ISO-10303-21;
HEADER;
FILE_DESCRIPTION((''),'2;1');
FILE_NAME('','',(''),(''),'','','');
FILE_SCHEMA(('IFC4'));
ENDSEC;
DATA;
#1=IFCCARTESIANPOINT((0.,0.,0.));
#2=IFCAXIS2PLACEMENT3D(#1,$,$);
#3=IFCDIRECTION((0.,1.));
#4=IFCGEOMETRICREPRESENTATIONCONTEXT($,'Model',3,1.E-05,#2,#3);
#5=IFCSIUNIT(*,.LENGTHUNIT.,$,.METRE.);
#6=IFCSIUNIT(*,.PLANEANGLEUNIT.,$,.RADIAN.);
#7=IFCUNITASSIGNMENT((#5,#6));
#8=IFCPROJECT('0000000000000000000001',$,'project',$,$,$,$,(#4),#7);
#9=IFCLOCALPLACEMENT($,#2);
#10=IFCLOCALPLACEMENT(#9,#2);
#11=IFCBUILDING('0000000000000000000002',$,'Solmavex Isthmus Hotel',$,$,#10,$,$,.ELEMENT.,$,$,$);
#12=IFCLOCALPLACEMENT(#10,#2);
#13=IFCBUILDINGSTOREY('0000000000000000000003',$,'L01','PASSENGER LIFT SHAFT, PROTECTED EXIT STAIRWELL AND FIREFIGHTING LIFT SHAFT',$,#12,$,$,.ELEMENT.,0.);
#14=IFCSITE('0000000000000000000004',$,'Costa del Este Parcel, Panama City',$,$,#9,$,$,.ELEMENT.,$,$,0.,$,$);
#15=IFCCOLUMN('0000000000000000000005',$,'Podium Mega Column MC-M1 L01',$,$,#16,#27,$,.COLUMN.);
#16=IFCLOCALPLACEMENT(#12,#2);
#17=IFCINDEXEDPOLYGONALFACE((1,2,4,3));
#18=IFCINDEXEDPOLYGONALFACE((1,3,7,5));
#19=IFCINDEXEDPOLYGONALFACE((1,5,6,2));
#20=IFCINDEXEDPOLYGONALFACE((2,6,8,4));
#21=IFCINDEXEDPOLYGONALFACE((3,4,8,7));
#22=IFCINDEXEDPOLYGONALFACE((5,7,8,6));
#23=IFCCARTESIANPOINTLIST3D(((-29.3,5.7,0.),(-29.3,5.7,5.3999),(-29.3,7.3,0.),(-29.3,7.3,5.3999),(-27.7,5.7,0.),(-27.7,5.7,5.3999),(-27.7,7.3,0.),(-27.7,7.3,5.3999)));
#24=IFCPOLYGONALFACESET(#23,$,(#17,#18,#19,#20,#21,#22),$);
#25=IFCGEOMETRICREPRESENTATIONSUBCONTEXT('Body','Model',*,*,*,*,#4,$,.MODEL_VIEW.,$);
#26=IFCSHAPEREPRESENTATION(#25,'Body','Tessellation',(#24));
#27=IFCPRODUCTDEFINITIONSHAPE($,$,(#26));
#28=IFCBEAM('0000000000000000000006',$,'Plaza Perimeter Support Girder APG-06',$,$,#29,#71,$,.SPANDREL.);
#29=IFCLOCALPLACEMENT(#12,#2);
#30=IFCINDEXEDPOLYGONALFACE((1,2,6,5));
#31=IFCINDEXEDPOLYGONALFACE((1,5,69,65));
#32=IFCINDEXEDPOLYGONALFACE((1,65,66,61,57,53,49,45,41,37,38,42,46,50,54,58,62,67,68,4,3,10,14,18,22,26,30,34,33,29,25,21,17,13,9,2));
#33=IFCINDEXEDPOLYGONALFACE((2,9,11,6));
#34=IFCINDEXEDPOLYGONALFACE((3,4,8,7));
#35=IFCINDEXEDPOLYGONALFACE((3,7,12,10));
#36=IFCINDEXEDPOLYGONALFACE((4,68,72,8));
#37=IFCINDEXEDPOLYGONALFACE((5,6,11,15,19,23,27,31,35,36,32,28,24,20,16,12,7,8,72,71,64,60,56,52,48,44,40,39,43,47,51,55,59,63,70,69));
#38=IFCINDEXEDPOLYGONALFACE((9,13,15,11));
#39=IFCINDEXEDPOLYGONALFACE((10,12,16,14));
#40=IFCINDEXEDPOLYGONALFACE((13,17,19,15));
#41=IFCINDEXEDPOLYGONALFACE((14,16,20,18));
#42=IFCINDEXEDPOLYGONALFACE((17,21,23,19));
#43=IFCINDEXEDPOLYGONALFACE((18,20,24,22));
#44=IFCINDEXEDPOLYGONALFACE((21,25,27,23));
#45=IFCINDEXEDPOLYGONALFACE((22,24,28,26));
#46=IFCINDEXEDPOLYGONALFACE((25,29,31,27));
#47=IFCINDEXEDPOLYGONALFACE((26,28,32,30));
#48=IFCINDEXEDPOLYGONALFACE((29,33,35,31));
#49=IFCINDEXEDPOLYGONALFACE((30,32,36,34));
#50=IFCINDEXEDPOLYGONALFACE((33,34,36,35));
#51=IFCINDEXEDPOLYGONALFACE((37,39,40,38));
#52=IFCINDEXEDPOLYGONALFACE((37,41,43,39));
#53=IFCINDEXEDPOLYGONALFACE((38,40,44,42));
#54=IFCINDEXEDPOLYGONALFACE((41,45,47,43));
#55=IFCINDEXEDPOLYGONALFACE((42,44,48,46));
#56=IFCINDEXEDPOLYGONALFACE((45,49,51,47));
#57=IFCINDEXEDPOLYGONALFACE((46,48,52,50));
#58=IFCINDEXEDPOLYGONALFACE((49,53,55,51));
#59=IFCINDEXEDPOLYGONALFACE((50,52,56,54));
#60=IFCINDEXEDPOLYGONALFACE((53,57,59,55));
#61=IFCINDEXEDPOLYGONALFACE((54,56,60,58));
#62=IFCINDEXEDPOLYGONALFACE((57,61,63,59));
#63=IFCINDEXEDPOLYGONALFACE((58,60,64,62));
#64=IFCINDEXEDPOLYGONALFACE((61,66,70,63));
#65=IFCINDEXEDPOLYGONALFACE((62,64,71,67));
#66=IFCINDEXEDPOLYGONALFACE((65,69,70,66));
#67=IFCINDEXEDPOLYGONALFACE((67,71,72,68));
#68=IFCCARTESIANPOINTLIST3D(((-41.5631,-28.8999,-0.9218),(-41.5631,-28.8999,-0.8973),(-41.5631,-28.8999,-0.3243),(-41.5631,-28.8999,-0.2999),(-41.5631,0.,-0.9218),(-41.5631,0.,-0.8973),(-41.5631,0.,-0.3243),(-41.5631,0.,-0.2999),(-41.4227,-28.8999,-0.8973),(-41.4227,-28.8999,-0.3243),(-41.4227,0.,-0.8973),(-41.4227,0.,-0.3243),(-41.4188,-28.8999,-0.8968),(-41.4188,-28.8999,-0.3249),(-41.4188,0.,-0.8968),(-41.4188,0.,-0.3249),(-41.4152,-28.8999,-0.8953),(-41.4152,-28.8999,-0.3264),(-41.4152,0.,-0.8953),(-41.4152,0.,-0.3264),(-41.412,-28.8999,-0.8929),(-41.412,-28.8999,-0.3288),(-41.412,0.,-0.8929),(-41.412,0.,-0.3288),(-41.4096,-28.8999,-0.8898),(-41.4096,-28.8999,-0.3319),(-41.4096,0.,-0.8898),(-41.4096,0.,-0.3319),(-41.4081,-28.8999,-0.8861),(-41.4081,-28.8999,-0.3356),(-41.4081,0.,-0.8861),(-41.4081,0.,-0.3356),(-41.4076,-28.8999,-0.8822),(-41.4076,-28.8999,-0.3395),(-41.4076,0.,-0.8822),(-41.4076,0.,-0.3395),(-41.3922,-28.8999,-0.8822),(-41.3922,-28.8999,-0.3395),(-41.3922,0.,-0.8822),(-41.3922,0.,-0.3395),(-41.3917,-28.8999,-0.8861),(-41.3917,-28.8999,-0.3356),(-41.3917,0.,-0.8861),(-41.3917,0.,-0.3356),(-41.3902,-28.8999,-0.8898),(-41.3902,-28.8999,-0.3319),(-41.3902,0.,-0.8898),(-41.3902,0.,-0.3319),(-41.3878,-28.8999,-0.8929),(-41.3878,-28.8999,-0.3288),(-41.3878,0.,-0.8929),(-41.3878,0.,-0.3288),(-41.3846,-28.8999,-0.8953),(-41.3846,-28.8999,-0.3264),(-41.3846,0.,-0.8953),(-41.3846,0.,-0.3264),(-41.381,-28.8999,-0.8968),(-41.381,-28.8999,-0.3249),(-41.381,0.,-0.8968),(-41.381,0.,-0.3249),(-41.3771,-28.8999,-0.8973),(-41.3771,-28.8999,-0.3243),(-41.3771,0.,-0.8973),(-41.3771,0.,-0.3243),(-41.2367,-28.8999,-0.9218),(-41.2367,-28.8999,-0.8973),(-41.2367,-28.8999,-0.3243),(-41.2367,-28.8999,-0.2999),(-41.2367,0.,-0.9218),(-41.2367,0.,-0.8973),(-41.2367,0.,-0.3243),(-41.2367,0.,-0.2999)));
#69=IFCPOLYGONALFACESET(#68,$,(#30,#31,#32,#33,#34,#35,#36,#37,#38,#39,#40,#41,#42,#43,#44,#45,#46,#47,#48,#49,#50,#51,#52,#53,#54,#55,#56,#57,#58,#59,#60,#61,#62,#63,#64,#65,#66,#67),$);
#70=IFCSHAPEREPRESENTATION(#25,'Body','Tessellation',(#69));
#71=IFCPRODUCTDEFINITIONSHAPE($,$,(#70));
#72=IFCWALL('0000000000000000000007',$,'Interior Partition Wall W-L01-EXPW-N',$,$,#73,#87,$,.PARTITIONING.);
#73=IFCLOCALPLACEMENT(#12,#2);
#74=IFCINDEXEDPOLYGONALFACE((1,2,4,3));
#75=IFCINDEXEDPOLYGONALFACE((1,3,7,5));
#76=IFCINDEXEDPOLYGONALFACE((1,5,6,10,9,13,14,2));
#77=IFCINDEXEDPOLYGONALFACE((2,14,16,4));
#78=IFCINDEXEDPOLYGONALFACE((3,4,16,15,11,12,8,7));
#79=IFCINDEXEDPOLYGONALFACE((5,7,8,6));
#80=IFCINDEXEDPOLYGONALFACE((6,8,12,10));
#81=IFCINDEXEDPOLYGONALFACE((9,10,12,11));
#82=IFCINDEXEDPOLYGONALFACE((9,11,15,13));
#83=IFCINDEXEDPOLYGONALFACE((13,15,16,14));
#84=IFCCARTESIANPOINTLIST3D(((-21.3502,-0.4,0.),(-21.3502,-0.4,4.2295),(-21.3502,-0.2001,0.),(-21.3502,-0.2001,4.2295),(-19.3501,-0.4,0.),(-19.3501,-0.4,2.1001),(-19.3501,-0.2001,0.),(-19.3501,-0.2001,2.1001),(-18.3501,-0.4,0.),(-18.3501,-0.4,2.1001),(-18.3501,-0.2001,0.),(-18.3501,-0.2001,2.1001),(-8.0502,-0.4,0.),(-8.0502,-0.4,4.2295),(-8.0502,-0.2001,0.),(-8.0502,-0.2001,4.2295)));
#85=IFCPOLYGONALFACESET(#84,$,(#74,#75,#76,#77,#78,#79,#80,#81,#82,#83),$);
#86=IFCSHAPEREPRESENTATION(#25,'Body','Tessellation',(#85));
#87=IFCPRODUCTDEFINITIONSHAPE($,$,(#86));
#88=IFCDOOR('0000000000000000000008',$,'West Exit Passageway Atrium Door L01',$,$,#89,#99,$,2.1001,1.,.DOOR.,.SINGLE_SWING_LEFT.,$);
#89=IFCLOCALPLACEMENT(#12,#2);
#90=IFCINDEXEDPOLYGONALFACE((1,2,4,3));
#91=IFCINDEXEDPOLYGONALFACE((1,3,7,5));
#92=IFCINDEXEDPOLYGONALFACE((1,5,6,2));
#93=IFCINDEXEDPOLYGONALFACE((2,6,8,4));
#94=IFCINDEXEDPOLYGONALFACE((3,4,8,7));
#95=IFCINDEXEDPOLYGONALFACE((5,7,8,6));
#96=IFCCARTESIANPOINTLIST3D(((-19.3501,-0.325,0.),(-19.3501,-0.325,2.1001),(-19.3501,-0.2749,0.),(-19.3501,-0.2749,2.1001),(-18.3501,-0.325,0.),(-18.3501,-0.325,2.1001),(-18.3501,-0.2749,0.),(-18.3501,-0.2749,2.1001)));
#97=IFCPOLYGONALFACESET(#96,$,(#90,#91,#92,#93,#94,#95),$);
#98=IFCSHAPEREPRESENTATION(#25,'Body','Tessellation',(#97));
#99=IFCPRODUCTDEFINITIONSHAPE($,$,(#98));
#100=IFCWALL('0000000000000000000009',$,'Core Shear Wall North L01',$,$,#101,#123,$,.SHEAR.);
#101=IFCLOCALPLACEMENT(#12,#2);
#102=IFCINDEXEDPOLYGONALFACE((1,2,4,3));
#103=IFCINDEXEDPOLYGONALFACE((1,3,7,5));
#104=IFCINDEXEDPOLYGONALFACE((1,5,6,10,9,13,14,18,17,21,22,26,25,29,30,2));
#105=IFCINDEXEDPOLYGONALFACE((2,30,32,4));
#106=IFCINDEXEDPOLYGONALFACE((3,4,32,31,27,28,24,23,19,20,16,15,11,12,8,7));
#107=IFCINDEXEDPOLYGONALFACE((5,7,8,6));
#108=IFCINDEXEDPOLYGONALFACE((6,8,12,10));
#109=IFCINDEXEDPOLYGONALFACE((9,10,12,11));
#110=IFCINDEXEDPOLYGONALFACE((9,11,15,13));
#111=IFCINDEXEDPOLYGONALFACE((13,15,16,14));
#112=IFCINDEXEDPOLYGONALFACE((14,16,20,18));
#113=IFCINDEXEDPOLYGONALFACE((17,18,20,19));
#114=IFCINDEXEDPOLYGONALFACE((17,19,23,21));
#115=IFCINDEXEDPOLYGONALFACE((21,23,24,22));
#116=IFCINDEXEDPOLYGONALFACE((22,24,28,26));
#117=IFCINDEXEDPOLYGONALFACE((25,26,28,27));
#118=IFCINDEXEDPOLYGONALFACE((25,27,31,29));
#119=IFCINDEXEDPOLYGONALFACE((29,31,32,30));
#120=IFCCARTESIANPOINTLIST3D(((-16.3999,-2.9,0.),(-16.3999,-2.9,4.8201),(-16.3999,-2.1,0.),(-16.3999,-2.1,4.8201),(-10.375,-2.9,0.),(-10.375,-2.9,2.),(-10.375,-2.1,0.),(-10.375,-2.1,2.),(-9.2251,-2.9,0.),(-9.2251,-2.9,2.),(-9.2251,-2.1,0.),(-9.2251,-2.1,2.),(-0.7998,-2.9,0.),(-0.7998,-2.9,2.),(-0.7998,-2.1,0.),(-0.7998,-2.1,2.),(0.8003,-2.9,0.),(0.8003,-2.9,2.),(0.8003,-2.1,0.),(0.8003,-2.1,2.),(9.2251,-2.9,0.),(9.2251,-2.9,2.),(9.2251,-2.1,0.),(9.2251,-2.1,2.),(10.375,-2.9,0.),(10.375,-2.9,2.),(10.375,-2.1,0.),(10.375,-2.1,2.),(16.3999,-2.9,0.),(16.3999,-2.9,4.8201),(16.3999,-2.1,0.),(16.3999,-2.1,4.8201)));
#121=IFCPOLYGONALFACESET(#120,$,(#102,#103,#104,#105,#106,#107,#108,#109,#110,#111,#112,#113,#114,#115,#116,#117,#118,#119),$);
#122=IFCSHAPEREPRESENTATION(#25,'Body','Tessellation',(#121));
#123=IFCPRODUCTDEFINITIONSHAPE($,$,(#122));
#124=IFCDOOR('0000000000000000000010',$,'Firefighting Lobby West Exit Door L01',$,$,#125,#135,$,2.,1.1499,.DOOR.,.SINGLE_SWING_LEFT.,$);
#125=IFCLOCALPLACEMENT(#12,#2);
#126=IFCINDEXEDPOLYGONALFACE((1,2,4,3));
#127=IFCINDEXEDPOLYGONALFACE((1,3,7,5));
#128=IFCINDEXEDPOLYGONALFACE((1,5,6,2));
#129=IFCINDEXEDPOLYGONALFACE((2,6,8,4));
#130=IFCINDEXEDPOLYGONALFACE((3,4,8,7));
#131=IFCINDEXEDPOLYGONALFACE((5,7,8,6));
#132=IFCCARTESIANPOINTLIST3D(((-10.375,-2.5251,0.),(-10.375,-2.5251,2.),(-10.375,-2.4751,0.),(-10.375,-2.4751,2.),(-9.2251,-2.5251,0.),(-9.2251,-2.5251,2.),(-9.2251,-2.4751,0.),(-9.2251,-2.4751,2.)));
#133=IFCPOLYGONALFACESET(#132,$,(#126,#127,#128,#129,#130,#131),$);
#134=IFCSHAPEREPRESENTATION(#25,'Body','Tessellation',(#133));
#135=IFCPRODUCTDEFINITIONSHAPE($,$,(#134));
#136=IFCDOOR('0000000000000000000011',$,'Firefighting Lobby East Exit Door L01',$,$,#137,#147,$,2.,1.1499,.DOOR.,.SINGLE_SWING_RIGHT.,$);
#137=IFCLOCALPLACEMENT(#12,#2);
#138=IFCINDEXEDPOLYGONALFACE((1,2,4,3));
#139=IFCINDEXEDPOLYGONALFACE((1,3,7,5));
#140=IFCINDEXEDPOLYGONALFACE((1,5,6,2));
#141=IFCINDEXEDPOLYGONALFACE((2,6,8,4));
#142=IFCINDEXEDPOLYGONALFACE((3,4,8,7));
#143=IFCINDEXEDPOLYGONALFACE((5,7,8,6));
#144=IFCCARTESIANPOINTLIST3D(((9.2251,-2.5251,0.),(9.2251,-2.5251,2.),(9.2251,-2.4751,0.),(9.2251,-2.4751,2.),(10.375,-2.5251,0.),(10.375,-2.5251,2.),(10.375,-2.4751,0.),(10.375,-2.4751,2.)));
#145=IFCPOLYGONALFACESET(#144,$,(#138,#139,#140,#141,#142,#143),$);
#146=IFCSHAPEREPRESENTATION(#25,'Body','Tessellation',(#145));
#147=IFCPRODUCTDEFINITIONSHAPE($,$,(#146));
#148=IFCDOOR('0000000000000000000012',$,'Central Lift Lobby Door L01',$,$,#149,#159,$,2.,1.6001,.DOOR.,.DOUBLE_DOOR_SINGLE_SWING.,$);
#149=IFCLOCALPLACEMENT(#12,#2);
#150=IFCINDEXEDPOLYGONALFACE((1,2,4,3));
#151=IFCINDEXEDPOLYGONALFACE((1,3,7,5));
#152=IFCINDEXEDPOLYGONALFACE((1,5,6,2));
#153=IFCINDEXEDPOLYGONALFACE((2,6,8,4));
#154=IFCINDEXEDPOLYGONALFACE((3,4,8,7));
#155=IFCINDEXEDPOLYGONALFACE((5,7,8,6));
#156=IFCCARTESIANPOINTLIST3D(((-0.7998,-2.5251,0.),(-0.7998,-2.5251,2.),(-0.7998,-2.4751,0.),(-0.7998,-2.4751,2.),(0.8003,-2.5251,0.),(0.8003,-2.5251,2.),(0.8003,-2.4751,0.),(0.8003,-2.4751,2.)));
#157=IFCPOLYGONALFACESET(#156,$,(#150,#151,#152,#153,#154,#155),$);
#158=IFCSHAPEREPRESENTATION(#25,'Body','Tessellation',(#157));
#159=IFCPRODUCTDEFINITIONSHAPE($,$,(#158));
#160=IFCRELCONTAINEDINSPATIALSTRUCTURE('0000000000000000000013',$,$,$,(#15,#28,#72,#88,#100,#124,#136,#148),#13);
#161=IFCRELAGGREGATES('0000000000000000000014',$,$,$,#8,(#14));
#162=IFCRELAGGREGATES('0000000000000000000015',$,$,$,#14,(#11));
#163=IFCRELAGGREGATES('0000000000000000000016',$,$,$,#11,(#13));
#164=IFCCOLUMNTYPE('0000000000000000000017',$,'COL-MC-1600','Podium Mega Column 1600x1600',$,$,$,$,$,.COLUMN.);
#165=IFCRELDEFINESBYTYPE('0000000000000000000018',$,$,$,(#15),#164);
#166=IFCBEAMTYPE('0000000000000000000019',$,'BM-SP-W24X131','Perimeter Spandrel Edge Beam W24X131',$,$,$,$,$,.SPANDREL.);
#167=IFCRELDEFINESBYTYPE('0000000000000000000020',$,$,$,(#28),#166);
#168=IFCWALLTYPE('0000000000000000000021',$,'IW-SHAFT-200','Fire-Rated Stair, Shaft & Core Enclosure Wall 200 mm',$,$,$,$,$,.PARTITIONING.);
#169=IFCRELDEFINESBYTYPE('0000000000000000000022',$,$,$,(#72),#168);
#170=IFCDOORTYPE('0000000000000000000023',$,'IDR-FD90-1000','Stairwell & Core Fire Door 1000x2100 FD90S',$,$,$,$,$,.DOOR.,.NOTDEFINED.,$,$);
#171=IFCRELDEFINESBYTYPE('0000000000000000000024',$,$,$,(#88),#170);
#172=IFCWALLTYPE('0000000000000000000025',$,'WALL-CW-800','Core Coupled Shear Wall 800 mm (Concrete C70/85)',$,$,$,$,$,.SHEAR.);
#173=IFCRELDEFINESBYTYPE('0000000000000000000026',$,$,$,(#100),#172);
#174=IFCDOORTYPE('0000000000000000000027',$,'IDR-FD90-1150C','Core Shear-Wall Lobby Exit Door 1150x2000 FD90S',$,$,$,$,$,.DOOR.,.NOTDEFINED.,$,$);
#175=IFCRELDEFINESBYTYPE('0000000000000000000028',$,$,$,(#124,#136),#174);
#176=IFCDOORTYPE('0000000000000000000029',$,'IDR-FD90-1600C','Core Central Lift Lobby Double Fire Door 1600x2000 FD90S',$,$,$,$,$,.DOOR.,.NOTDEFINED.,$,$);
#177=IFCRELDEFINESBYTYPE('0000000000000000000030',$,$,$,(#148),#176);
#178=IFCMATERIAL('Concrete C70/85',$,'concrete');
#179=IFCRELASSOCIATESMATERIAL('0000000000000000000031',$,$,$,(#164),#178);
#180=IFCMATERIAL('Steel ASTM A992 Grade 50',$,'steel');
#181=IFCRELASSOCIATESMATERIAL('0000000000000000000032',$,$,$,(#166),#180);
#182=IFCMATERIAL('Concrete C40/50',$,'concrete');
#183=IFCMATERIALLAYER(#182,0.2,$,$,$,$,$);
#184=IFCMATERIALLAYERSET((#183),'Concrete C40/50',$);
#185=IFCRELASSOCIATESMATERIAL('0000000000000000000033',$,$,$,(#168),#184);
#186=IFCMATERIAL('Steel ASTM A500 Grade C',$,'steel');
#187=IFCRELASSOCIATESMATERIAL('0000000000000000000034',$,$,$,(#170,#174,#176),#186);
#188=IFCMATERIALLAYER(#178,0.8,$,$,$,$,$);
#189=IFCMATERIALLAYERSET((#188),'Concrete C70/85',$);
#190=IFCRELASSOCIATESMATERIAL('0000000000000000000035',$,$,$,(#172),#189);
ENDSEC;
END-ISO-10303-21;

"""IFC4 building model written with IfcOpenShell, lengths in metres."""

from ifc_helpers import new_model, si_unit, direction, frame, frame_2d, origin, origin_2d, place, context, subcontext, project, spatial, rectangle, i_section, extrude, material, layer, layer_set, material_profile, profile_set, type_object, element, fill, save


model = new_model("IFC4")

# Units and contexts
model_context = context("Model", 3, precision=1e-05, world=origin(), true_north=direction((0.0, 1.0)))
body_context = subcontext(model_context, "Body", "Model", "MODEL_VIEW")
ifc_project = project(units=[si_unit("LENGTHUNIT", "METRE"), si_unit("PLANEANGLEUNIT", "RADIAN")], contexts=[model_context])

# Site, building, storey
site_placement = place(None, origin())
site = spatial("IfcSite", under=ifc_project, at=site_placement, Name="Costa del Este Parcel, Panama City", CompositionType="ELEMENT", RefElevation=0.0)
building_placement = place(site_placement, origin())
building = spatial("IfcBuilding", under=site, at=building_placement, Name="Solmavex Isthmus Hotel", CompositionType="ELEMENT")
storey_placement = place(building_placement, origin())
storey = spatial("IfcBuildingStorey", under=building, at=storey_placement, Name="L01", Description="PASSENGER LIFT SHAFT, PROTECTED EXIT STAIRWELL AND FIREFIGHTING LIFT SHAFT", CompositionType="ELEMENT", Elevation=0.0)

# Column
ifc_material_1 = material(Name="Concrete C70/85", Category="concrete")
ifc_material_profile_1 = material_profile(ifc_material_1, rectangle(XDim=1.6001, YDim=1.6001, at=origin_2d()), Name="RC1600X1600")
ifc_profile_set_1 = profile_set([ifc_material_profile_1], Name="Concrete C70/85")
column_type = type_object("IfcColumnType", Name="COL-MC-1600", Description="Podium Mega Column 1600x1600", PredefinedType="COLUMN", material=ifc_profile_set_1)
column_placement = place(storey_placement, frame((-28.5, 6.5, 0.0), z_axis=(0.0, 0.0, 1.0), x_axis=(1.0, 0.0, 0.0)))
element("IfcColumn", 1, at=column_placement, inside=storey, type_object=column_type, Name="Podium Mega Column MC-M1 L01", PredefinedType="COLUMN", context=body_context, shape_type="SweptSolid", body=[
    extrude(rectangle(XDim=1.6001, YDim=1.6001, at=origin_2d()), origin(), (0.0, 0.0, 1.0), 5.3999),
])

# Beam
ifc_material_2 = material(Name="Steel ASTM A992 Grade 50", Category="steel")
ifc_material_profile_2 = material_profile(ifc_material_2, i_section(OverallWidth=0.3264, OverallDepth=0.6218, WebThickness=0.0154, FlangeThickness=0.0244, FilletRadius=0.0151, at=origin_2d()), Name="W24X131")
ifc_profile_set_2 = profile_set([ifc_material_profile_2], Name="Steel ASTM A992 Grade 50")
beam_type = type_object("IfcBeamType", Name="BM-SP-W24X131", Description="Perimeter Spandrel Edge Beam W24X131", PredefinedType="SPANDREL", material=ifc_profile_set_2)
beam_placement = place(storey_placement, frame((-41.3999, 0.0, -0.6108), z_axis=(0.0, -1.0, 0.0), x_axis=(1.0, 0.0, 0.0)))
element("IfcBeam", 2, at=beam_placement, inside=storey, type_object=beam_type, Name="Plaza Perimeter Support Girder APG-06", PredefinedType="SPANDREL", context=body_context, shape_type="SweptSolid", body=[
    extrude(i_section(OverallWidth=0.3264, OverallDepth=0.6218, WebThickness=0.0154, FlangeThickness=0.0244, FilletRadius=0.0151, at=origin_2d()), origin(), (0.0, 0.0, 1.0), 28.8999),
])

# Wall, opening, door
ifc_material_3 = material(Name="Concrete C40/50", Category="concrete")
ifc_layer_1 = layer(ifc_material_3, 0.2)
ifc_layer_set_1 = layer_set([ifc_layer_1], Name="Concrete C40/50")
wall_type_1 = type_object("IfcWallType", Name="IW-SHAFT-200", Description="Fire-Rated Stair, Shaft & Core Enclosure Wall 200 mm", PredefinedType="PARTITIONING", material=ifc_layer_set_1)
wall_1_placement = place(storey_placement, frame((-21.3501, -0.3, 0.0), z_axis=(0.0, 0.0, 1.0), x_axis=(1.0, 0.0, 0.0)))
wall_1 = element("IfcWall", 3, at=wall_1_placement, inside=storey, type_object=wall_type_1, Name="Interior Partition Wall W-L01-EXPW-N", PredefinedType="PARTITIONING", context=body_context, shape_type="SweptSolid", body=[
    extrude(rectangle(XDim=13.3, YDim=0.2, at=frame_2d((6.6499, 0.0))), origin(), (0.0, 0.0, 1.0), 4.2295),
])
opening_1_placement = place(wall_1_placement, frame((2.0, 0.0, 0.0)))
opening_1 = element("IfcOpeningElement", 4, at=opening_1_placement, cuts=wall_1, PredefinedType="OPENING", context=body_context, shape_type="SweptSolid", body=[
    extrude(rectangle(XDim=1.0, YDim=2.1001, at=frame_2d((0.5, 1.05))), frame((0.0, 0.1099, 0.0), z_axis=(0.0, -1.0, 0.0), x_axis=(1.0, 0.0, 0.0)), (0.0, 0.0, 1.0), 0.22),
])
ifc_material_4 = material(Name="Steel ASTM A500 Grade C", Category="steel")
door_type_1 = type_object("IfcDoorType", Name="IDR-FD90-1000", Description="Stairwell & Core Fire Door 1000x2100 FD90S", OperationType="NOTDEFINED", PredefinedType="DOOR", material=ifc_material_4)
door_1_placement = place(opening_1_placement, frame((1.0, 0.0, 0.0), z_axis=(0.0, 0.0, 1.0), x_axis=(-1.0, 0.0, 0.0)))
door_1 = element("IfcDoor", 5, at=door_1_placement, inside=storey, type_object=door_type_1, Name="West Exit Passageway Atrium Door L01", OperationType="SINGLE_SWING_LEFT", OverallHeight=2.1001, OverallWidth=1.0, PredefinedType="DOOR", context=body_context, shape_type="SweptSolid", body=[
    extrude(rectangle(XDim=1.0, YDim=2.1001, at=frame_2d((0.5, 1.05))), frame((0.0, 0.0249, 0.0), z_axis=(0.0, -1.0, 0.0), x_axis=(1.0, 0.0, 0.0)), (0.0, 0.0, 1.0), 0.05),
])
fill(opening_1, door_1)

# Wall, openings, doors
ifc_layer_2 = layer(ifc_material_1, 0.8)
ifc_layer_set_2 = layer_set([ifc_layer_2], Name="Concrete C70/85")
wall_type_2 = type_object("IfcWallType", Name="WALL-CW-800", Description="Core Coupled Shear Wall 800 mm (Concrete C70/85)", PredefinedType="SHEAR", material=ifc_layer_set_2)
wall_2_placement = place(storey_placement, frame((-16.3999, -2.5, 0.0), z_axis=(0.0, 0.0, 1.0), x_axis=(1.0, 0.0, 0.0)))
wall_2 = element("IfcWall", 6, at=wall_2_placement, inside=storey, type_object=wall_type_2, Name="Core Shear Wall North L01", PredefinedType="SHEAR", context=body_context, shape_type="SweptSolid", body=[
    extrude(rectangle(XDim=32.7998, YDim=0.8, at=frame_2d((16.3999, 0.0))), origin(), (0.0, 0.0, 1.0), 4.8201),
])
opening_2_placement = place(wall_2_placement, frame((6.0249, 0.0, 0.0)))
opening_2 = element("IfcOpeningElement", 7, at=opening_2_placement, cuts=wall_2, PredefinedType="OPENING", context=body_context, shape_type="SweptSolid", body=[
    extrude(rectangle(XDim=1.1499, YDim=2.0, at=frame_2d((0.575, 1.0))), frame((0.0, 0.4099, 0.0), z_axis=(0.0, -1.0, 0.0), x_axis=(1.0, 0.0, 0.0)), (0.0, 0.0, 1.0), 0.8201),
])
opening_3_placement = place(wall_2_placement, frame((15.6001, 0.0, 0.0)))
opening_3 = element("IfcOpeningElement", 8, at=opening_3_placement, cuts=wall_2, PredefinedType="OPENING", context=body_context, shape_type="SweptSolid", body=[
    extrude(rectangle(XDim=1.6001, YDim=2.0, at=frame_2d((0.8, 1.0))), frame((0.0, 0.4099, 0.0), z_axis=(0.0, -1.0, 0.0), x_axis=(1.0, 0.0, 0.0)), (0.0, 0.0, 1.0), 0.8201),
])
opening_4_placement = place(wall_2_placement, frame((25.625, 0.0, 0.0)))
opening_4 = element("IfcOpeningElement", 9, at=opening_4_placement, cuts=wall_2, PredefinedType="OPENING", context=body_context, shape_type="SweptSolid", body=[
    extrude(rectangle(XDim=1.1499, YDim=2.0, at=frame_2d((0.575, 1.0))), frame((0.0, 0.4099, 0.0), z_axis=(0.0, -1.0, 0.0), x_axis=(1.0, 0.0, 0.0)), (0.0, 0.0, 1.0), 0.8201),
])
door_type_2 = type_object("IfcDoorType", Name="IDR-FD90-1150C", Description="Core Shear-Wall Lobby Exit Door 1150x2000 FD90S", OperationType="NOTDEFINED", PredefinedType="DOOR", material=ifc_material_4)
door_2_placement = place(opening_2_placement, origin())
door_2 = element("IfcDoor", 10, at=door_2_placement, inside=storey, type_object=door_type_2, Name="Firefighting Lobby West Exit Door L01", OperationType="SINGLE_SWING_LEFT", OverallHeight=2.0, OverallWidth=1.1499, PredefinedType="DOOR", context=body_context, shape_type="SweptSolid", body=[
    extrude(rectangle(XDim=1.1499, YDim=2.0, at=frame_2d((0.575, 1.0))), frame((0.0, 0.0249, 0.0), z_axis=(0.0, -1.0, 0.0), x_axis=(1.0, 0.0, 0.0)), (0.0, 0.0, 1.0), 0.05),
])
fill(opening_2, door_2)
door_3_placement = place(opening_4_placement, origin())
door_3 = element("IfcDoor", 11, at=door_3_placement, inside=storey, type_object=door_type_2, Name="Firefighting Lobby East Exit Door L01", OperationType="SINGLE_SWING_RIGHT", OverallHeight=2.0, OverallWidth=1.1499, PredefinedType="DOOR", context=body_context, shape_type="SweptSolid", body=[
    extrude(rectangle(XDim=1.1499, YDim=2.0, at=frame_2d((0.575, 1.0))), frame((0.0, 0.0249, 0.0), z_axis=(0.0, -1.0, 0.0), x_axis=(1.0, 0.0, 0.0)), (0.0, 0.0, 1.0), 0.05),
])
fill(opening_4, door_3)
door_type_3 = type_object("IfcDoorType", Name="IDR-FD90-1600C", Description="Core Central Lift Lobby Double Fire Door 1600x2000 FD90S", OperationType="NOTDEFINED", PredefinedType="DOOR", material=ifc_material_4)
door_4_placement = place(opening_3_placement, origin())
door_4 = element("IfcDoor", 12, at=door_4_placement, inside=storey, type_object=door_type_3, Name="Central Lift Lobby Door L01", OperationType="DOUBLE_DOOR_SINGLE_SWING", OverallHeight=2.0, OverallWidth=1.6001, PredefinedType="DOOR", context=body_context, shape_type="SweptSolid", body=[
    extrude(rectangle(XDim=1.6001, YDim=2.0, at=frame_2d((0.8, 1.0))), frame((0.0, 0.0249, 0.0), z_axis=(0.0, -1.0, 0.0), x_axis=(1.0, 0.0, 0.0)), (0.0, 0.0, 1.0), 0.05),
])
fill(opening_3, door_4)

save(model, "model.ifc")
